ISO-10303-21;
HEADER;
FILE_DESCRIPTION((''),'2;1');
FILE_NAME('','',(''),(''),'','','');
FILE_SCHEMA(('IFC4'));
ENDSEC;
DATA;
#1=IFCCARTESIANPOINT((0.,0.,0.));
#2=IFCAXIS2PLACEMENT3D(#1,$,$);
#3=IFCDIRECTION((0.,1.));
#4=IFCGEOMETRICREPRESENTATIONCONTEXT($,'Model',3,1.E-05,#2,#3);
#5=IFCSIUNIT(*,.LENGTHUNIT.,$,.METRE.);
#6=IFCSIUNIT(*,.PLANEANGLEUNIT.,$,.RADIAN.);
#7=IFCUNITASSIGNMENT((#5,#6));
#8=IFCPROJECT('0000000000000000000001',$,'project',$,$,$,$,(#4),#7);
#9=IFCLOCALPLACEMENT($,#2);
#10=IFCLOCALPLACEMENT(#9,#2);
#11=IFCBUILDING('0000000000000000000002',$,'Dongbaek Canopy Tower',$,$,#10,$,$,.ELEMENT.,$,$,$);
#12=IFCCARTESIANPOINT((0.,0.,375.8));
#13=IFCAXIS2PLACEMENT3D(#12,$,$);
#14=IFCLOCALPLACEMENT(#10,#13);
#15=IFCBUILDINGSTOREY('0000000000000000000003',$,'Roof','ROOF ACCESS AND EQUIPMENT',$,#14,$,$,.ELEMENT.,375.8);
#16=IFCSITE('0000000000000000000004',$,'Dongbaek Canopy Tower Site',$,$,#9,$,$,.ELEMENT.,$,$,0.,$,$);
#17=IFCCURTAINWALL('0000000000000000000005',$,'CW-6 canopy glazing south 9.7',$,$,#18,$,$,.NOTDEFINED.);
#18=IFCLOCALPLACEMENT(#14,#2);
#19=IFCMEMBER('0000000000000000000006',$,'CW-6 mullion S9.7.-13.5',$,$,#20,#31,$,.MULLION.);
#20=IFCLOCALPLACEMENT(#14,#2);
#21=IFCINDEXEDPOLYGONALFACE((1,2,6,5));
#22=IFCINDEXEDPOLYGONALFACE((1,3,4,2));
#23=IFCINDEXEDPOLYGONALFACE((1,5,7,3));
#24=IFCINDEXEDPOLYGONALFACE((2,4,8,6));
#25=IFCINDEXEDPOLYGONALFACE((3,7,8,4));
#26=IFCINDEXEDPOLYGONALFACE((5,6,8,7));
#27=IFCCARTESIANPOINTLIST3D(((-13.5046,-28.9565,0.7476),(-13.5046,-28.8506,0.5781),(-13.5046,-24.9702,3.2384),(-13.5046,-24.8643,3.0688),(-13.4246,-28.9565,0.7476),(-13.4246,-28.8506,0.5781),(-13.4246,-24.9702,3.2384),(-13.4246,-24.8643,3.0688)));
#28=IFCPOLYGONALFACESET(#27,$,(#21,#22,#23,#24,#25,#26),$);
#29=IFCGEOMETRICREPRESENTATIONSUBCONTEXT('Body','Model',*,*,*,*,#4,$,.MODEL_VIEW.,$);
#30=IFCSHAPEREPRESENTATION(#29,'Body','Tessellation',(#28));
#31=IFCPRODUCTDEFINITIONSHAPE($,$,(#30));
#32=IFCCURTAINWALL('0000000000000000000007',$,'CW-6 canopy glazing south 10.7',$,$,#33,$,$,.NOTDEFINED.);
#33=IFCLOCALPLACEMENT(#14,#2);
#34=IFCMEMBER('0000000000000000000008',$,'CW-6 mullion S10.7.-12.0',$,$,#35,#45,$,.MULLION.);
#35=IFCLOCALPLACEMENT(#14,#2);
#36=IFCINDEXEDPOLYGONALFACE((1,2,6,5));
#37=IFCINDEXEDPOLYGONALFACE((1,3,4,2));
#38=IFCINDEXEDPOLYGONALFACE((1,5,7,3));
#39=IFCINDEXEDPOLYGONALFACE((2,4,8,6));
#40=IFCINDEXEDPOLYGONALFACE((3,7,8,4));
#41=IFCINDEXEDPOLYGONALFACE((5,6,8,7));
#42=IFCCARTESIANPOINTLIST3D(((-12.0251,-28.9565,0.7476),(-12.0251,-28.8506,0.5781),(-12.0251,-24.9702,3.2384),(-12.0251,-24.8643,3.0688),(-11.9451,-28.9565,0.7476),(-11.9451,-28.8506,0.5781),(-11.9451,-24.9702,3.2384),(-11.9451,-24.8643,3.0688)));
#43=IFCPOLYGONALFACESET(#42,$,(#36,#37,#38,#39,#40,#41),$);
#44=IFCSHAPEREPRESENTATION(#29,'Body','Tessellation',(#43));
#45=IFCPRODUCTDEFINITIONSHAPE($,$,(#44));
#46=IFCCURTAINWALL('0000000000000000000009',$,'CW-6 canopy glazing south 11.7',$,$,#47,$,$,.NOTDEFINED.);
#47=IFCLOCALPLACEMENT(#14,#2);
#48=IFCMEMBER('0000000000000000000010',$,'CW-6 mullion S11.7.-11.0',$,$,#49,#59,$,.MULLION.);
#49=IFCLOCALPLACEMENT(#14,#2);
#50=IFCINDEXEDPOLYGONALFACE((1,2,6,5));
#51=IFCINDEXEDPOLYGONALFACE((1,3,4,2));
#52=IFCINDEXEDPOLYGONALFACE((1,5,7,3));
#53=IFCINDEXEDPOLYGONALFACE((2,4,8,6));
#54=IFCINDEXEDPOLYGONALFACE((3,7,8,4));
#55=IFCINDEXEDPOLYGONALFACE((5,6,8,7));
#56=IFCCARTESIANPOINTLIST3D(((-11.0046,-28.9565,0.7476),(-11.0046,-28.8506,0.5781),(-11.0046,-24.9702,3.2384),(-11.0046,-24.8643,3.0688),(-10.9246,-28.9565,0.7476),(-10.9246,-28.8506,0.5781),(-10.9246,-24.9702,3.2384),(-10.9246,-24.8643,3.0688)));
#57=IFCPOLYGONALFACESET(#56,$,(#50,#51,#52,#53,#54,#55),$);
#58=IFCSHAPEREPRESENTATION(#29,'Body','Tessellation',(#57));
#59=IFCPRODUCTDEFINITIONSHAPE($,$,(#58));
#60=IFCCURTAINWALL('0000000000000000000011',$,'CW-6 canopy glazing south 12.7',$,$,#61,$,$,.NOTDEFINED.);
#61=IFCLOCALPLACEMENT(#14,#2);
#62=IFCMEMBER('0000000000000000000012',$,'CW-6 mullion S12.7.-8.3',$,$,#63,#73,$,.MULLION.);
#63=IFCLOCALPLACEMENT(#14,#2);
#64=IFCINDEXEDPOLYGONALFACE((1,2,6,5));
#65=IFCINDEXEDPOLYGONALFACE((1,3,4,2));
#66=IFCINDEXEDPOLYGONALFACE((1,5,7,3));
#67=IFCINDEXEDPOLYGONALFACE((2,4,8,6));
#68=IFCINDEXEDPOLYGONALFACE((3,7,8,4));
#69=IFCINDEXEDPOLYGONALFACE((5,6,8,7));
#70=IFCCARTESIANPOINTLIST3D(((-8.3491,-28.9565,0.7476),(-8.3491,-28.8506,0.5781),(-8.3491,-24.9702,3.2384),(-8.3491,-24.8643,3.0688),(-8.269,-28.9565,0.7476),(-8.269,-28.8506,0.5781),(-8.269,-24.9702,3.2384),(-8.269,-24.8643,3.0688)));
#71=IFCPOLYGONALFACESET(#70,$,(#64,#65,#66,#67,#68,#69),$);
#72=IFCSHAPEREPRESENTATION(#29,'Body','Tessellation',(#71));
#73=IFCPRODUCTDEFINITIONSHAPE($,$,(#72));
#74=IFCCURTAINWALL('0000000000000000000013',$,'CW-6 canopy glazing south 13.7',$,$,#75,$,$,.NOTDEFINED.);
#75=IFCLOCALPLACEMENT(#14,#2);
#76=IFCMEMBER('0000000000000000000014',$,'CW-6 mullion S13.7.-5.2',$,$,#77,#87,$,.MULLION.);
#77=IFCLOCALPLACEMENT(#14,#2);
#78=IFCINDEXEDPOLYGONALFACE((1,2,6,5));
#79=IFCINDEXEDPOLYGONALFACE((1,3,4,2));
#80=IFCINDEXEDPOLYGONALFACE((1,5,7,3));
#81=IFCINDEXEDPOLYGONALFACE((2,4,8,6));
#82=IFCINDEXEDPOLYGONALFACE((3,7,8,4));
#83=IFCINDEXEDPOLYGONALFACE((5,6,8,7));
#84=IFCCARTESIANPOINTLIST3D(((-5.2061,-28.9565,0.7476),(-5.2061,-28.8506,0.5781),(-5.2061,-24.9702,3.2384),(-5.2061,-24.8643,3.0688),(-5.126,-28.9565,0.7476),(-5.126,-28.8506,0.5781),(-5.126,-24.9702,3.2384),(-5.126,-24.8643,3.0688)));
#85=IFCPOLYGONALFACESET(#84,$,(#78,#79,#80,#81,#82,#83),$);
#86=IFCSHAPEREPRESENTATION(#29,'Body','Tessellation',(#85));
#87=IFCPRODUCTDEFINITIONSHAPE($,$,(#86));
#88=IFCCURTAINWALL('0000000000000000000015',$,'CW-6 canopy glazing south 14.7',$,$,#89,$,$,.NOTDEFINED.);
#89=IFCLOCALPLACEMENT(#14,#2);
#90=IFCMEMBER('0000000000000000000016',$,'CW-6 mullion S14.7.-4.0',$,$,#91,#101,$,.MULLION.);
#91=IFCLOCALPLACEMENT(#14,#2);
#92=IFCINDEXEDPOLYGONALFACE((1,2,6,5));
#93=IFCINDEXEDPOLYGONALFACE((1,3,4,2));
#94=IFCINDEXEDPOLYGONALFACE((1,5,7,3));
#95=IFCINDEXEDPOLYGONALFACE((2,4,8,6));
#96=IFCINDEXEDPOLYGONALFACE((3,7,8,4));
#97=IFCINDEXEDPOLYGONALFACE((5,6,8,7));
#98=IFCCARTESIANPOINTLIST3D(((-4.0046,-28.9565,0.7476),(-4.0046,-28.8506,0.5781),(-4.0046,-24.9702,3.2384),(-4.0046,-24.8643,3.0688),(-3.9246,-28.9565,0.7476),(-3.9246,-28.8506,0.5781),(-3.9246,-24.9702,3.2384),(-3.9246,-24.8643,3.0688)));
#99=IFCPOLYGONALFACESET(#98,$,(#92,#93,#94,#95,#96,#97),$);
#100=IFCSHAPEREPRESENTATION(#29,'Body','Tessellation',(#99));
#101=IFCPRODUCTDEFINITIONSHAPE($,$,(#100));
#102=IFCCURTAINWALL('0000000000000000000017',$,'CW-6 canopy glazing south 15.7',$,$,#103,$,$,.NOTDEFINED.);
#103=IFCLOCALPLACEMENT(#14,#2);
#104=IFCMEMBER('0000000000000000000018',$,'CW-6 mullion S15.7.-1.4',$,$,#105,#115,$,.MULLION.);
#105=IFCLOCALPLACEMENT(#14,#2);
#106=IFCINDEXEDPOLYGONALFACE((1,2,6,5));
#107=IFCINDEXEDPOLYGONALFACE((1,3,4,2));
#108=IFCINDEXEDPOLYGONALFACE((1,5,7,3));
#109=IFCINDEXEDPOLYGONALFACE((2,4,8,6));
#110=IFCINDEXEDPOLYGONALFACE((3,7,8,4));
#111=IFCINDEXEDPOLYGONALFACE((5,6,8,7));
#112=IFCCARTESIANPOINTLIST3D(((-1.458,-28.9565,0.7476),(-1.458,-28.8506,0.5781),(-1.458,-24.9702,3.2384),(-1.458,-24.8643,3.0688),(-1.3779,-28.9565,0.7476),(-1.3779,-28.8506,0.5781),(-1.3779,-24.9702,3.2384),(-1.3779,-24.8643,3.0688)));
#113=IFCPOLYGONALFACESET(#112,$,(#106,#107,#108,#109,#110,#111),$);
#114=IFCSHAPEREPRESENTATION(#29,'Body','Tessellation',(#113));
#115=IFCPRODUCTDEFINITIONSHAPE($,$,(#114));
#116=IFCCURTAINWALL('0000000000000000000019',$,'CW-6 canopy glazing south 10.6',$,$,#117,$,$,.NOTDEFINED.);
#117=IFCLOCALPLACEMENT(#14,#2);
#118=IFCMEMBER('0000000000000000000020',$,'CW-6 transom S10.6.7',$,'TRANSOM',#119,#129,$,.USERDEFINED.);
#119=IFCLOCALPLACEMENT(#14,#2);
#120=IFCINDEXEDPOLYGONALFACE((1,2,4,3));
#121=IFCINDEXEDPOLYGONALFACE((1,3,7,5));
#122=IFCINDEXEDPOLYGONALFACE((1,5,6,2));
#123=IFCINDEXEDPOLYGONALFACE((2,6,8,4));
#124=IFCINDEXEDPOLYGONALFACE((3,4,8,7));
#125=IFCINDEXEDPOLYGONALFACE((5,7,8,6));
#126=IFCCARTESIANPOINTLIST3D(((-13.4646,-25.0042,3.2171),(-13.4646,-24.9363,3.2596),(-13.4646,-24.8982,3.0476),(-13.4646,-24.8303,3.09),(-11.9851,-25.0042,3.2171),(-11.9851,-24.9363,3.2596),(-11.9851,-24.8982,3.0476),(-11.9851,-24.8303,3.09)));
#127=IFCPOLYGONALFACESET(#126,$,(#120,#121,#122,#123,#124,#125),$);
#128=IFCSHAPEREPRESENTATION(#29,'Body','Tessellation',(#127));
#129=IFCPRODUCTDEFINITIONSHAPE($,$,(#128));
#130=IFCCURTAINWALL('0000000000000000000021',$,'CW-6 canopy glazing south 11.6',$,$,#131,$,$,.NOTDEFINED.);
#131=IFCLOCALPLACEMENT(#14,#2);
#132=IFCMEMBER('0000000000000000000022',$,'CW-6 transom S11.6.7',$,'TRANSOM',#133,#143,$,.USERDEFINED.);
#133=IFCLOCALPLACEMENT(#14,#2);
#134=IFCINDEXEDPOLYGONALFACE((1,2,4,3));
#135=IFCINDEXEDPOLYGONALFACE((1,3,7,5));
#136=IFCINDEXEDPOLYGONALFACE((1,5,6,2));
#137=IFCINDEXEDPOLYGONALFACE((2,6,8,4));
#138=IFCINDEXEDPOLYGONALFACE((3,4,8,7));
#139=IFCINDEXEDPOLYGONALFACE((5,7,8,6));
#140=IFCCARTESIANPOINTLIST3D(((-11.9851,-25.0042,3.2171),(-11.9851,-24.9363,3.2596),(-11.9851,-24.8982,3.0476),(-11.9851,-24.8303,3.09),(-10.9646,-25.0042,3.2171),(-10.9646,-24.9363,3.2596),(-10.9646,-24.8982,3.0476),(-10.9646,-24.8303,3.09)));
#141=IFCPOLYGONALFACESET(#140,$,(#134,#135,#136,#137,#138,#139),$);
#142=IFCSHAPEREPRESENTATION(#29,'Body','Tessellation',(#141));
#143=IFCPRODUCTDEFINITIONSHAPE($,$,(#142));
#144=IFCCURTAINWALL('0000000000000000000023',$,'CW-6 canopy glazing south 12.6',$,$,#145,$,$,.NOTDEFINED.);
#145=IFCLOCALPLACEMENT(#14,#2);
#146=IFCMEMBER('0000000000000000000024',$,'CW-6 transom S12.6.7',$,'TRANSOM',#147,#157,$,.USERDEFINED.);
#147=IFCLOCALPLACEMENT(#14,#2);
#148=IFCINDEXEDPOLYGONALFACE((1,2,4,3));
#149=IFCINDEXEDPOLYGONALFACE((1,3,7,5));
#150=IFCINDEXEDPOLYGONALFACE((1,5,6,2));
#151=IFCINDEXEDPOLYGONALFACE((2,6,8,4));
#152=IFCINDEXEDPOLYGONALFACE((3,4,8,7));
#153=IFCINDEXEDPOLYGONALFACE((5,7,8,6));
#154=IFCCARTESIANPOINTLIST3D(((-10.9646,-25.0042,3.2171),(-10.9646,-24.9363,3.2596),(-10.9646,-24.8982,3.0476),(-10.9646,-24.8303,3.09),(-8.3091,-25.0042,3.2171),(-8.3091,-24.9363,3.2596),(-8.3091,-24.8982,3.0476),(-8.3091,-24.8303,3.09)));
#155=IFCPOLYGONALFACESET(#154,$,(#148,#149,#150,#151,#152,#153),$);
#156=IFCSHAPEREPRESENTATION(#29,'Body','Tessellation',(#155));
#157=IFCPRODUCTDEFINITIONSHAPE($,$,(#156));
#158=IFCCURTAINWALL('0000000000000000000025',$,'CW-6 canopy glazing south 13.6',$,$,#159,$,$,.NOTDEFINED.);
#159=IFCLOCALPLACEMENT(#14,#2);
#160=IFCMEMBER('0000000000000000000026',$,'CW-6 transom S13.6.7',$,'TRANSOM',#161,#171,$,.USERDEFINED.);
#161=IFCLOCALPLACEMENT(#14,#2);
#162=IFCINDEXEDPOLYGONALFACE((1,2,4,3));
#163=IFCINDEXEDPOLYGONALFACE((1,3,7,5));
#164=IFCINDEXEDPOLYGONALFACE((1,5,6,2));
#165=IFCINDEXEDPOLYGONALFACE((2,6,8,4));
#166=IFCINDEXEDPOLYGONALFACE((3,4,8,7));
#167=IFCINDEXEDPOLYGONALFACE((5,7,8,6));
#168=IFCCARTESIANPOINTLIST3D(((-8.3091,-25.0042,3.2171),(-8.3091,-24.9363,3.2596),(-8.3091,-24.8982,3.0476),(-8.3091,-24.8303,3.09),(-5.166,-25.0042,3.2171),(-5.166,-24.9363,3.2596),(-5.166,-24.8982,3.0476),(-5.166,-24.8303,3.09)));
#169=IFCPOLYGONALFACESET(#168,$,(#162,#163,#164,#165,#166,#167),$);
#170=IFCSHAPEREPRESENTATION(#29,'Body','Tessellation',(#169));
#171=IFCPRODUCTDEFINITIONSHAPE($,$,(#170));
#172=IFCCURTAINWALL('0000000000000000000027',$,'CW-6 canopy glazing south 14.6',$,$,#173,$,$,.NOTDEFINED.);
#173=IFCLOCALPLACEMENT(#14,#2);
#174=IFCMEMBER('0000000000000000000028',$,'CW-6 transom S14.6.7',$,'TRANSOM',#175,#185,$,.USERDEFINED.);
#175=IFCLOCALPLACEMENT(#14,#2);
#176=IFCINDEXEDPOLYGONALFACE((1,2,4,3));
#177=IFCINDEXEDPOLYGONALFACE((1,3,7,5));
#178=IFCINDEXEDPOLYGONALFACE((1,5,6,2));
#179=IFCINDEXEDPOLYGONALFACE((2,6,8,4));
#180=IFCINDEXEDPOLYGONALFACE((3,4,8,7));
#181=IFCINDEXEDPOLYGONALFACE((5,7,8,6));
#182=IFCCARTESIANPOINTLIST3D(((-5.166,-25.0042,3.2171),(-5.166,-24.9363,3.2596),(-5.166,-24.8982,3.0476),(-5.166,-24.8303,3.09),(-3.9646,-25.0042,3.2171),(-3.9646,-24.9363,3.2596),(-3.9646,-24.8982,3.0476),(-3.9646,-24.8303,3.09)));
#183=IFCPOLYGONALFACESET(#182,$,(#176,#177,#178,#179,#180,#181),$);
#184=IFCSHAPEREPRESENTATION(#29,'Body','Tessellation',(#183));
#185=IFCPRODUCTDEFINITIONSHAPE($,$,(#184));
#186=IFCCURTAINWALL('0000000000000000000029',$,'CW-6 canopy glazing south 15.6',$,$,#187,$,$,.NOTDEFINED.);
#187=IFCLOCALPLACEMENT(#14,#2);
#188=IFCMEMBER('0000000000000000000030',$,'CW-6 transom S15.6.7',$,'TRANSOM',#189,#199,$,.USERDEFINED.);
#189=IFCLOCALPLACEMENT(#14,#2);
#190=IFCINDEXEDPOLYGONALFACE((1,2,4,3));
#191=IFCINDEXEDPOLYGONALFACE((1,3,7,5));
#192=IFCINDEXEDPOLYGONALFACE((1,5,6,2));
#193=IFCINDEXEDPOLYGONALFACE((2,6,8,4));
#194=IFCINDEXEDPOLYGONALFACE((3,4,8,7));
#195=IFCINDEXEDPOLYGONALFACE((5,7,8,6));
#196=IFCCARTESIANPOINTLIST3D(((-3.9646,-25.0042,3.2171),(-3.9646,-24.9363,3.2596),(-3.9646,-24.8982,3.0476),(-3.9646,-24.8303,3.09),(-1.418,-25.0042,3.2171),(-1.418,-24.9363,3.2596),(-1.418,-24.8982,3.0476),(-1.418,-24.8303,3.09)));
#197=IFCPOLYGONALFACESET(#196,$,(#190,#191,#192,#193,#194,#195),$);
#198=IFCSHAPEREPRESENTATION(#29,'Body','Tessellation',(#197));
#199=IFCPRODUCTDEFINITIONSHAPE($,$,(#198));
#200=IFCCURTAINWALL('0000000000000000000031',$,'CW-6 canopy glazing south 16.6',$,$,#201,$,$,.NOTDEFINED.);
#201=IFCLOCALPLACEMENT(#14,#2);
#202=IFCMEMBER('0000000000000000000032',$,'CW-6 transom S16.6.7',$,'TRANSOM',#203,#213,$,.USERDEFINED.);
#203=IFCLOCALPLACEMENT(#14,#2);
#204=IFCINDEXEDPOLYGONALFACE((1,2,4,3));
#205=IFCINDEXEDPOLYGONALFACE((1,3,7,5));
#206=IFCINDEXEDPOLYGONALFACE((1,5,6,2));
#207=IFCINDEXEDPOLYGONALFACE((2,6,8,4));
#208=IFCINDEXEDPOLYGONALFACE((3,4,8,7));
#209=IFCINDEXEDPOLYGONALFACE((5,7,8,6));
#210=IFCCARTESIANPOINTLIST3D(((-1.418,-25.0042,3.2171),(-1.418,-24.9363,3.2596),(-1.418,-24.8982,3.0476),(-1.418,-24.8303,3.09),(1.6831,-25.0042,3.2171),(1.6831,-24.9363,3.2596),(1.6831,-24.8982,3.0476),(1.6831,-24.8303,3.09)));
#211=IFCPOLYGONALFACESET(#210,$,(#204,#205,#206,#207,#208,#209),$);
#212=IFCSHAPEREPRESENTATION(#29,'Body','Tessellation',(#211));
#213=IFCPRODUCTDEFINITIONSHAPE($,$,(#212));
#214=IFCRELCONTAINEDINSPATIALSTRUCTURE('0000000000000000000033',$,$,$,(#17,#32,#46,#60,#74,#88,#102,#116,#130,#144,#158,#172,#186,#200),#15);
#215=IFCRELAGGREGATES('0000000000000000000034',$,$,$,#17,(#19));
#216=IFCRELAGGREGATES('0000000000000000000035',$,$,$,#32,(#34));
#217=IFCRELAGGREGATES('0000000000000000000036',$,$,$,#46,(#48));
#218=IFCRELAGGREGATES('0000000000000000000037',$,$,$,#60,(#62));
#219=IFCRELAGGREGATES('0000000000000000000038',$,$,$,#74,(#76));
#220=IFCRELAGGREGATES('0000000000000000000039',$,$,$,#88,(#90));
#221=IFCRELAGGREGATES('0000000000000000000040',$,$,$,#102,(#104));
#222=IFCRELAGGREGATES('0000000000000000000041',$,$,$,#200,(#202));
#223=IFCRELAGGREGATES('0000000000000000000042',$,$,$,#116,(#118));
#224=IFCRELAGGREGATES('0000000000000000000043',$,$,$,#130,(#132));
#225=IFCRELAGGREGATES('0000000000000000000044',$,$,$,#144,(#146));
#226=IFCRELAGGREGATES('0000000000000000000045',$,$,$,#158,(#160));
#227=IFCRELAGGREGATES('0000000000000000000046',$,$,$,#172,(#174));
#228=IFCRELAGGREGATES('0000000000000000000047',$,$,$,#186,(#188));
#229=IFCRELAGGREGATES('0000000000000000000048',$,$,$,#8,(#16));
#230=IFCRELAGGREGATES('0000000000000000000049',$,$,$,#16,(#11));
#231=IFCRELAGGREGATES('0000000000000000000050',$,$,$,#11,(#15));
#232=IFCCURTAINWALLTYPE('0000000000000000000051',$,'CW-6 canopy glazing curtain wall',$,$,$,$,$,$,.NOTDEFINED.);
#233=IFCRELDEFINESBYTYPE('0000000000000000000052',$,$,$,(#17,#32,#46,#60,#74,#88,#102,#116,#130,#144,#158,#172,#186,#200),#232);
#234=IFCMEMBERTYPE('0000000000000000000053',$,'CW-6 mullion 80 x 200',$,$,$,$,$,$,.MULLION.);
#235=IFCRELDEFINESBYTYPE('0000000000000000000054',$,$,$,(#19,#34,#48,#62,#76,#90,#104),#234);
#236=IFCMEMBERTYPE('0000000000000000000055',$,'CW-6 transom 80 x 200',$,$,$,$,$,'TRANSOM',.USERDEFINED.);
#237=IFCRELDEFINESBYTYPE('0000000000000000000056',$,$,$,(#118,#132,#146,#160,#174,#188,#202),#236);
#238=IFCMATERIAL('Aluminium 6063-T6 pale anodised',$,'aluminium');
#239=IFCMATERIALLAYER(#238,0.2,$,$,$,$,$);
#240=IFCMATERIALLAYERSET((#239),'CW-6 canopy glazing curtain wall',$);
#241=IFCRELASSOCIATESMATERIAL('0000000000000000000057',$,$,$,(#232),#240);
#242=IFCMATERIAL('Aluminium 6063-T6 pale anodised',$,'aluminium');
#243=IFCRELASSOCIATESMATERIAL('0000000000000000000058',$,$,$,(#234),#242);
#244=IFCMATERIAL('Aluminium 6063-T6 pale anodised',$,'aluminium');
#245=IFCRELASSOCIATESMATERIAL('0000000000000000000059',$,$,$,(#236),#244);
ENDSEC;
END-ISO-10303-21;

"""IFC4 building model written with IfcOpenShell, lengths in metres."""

from ifc_helpers import new_model, si_unit, direction, frame, origin, origin_2d, place, context, subcontext, project, spatial, rectangle, extrude, material, layer, layer_set, material_profile, profile_set, type_object, element, aggregate, save


model = new_model("IFC4")

# Units and contexts
model_context = context("Model", 3, precision=1e-05, world=origin(), true_north=direction((0.0, 1.0)))
body_context = subcontext(model_context, "Body", "Model", "MODEL_VIEW")
ifc_project = project(units=[si_unit("LENGTHUNIT", "METRE"), si_unit("PLANEANGLEUNIT", "RADIAN")], contexts=[model_context])

# Site, building, storey
site_placement = place(None, origin())
site = spatial("IfcSite", under=ifc_project, at=site_placement, Name="Dongbaek Canopy Tower Site", CompositionType="ELEMENT", RefElevation=0.0)
building_placement = place(site_placement, origin())
building = spatial("IfcBuilding", under=site, at=building_placement, Name="Dongbaek Canopy Tower", CompositionType="ELEMENT")
storey_placement = place(building_placement, frame((0.0, 0.0, 375.8)))
storey = spatial("IfcBuildingStorey", under=building, at=storey_placement, Name="Roof", Description="ROOF ACCESS AND EQUIPMENT", CompositionType="ELEMENT", Elevation=375.8)

# Curtain walls, members
ifc_material_1 = material(Name="Aluminium 6063-T6 pale anodised", Category="aluminium")
ifc_layer_1 = layer(ifc_material_1, 0.2)
ifc_layer_set_1 = layer_set([ifc_layer_1], Name="CW-6 canopy glazing curtain wall")
curtain_wall_type = type_object("IfcCurtainWallType", Name="CW-6 canopy glazing curtain wall", PredefinedType="NOTDEFINED", material=ifc_layer_set_1)
curtain_wall_1_placement = place(storey_placement, origin())
curtain_wall_1 = element("IfcCurtainWall", 1, at=curtain_wall_1_placement, inside=storey, type_object=curtain_wall_type, Name="CW-6 canopy glazing south 9.7", PredefinedType="NOTDEFINED")
ifc_material_2 = material(Name="Aluminium 6063-T6 pale anodised", Category="aluminium")
ifc_material_profile_1 = material_profile(ifc_material_2, rectangle(XDim=0.0801, YDim=0.2, at=origin_2d()), Name="CW-6 mullion 80 x 200")
ifc_profile_set_1 = profile_set([ifc_material_profile_1], Name="Aluminium 6063-T6 pale anodised")
member_type_1 = type_object("IfcMemberType", Name="CW-6 mullion 80 x 200", PredefinedType="MULLION", material=ifc_profile_set_1)
member_1_placement = place(storey_placement, frame((-13.4646, -24.9172, 3.1536), z_axis=(0.0, -0.848068, -0.529887), x_axis=(1.0, 0.0, 0.0)))
member_1 = element("IfcMember", 2, at=member_1_placement, type_object=member_type_1, Name="CW-6 mullion S9.7.-13.5", PredefinedType="MULLION", context=body_context, shape_type="SweptSolid", body=[
    extrude(rectangle(XDim=0.0801, YDim=0.2, at=origin_2d()), origin(), (0.0, 0.0, 1.0), 4.7004),
])
aggregate(curtain_wall_1, [member_1])
curtain_wall_2_placement = place(storey_placement, origin())
curtain_wall_2 = element("IfcCurtainWall", 3, at=curtain_wall_2_placement, inside=storey, type_object=curtain_wall_type, Name="CW-6 canopy glazing south 10.7", PredefinedType="NOTDEFINED")
member_2_placement = place(storey_placement, frame((-11.9851, -24.9172, 3.1536), z_axis=(0.0, -0.848068, -0.529887), x_axis=(1.0, 0.0, 0.0)))
member_2 = element("IfcMember", 4, at=member_2_placement, type_object=member_type_1, Name="CW-6 mullion S10.7.-12.0", PredefinedType="MULLION", context=body_context, shape_type="SweptSolid", body=[
    extrude(rectangle(XDim=0.0801, YDim=0.2, at=origin_2d()), origin(), (0.0, 0.0, 1.0), 4.7004),
])
aggregate(curtain_wall_2, [member_2])
curtain_wall_3_placement = place(storey_placement, origin())
curtain_wall_3 = element("IfcCurtainWall", 5, at=curtain_wall_3_placement, inside=storey, type_object=curtain_wall_type, Name="CW-6 canopy glazing south 11.7", PredefinedType="NOTDEFINED")
member_3_placement = place(storey_placement, frame((-10.9646, -24.9172, 3.1536), z_axis=(0.0, -0.848068, -0.529887), x_axis=(1.0, 0.0, 0.0)))
member_3 = element("IfcMember", 6, at=member_3_placement, type_object=member_type_1, Name="CW-6 mullion S11.7.-11.0", PredefinedType="MULLION", context=body_context, shape_type="SweptSolid", body=[
    extrude(rectangle(XDim=0.0801, YDim=0.2, at=origin_2d()), origin(), (0.0, 0.0, 1.0), 4.7004),
])
aggregate(curtain_wall_3, [member_3])
curtain_wall_4_placement = place(storey_placement, origin())
curtain_wall_4 = element("IfcCurtainWall", 7, at=curtain_wall_4_placement, inside=storey, type_object=curtain_wall_type, Name="CW-6 canopy glazing south 12.7", PredefinedType="NOTDEFINED")
member_4_placement = place(storey_placement, frame((-8.3091, -24.9172, 3.1536), z_axis=(0.0, -0.848068, -0.529887), x_axis=(1.0, 0.0, 0.0)))
member_4 = element("IfcMember", 8, at=member_4_placement, type_object=member_type_1, Name="CW-6 mullion S12.7.-8.3", PredefinedType="MULLION", context=body_context, shape_type="SweptSolid", body=[
    extrude(rectangle(XDim=0.0801, YDim=0.2, at=origin_2d()), origin(), (0.0, 0.0, 1.0), 4.7004),
])
aggregate(curtain_wall_4, [member_4])
curtain_wall_5_placement = place(storey_placement, origin())
curtain_wall_5 = element("IfcCurtainWall", 9, at=curtain_wall_5_placement, inside=storey, type_object=curtain_wall_type, Name="CW-6 canopy glazing south 13.7", PredefinedType="NOTDEFINED")
member_5_placement = place(storey_placement, frame((-5.166, -24.9172, 3.1536), z_axis=(0.0, -0.848068, -0.529887), x_axis=(1.0, 0.0, 0.0)))
member_5 = element("IfcMember", 10, at=member_5_placement, type_object=member_type_1, Name="CW-6 mullion S13.7.-5.2", PredefinedType="MULLION", context=body_context, shape_type="SweptSolid", body=[
    extrude(rectangle(XDim=0.0801, YDim=0.2, at=origin_2d()), origin(), (0.0, 0.0, 1.0), 4.7004),
])
aggregate(curtain_wall_5, [member_5])
curtain_wall_6_placement = place(storey_placement, origin())
curtain_wall_6 = element("IfcCurtainWall", 11, at=curtain_wall_6_placement, inside=storey, type_object=curtain_wall_type, Name="CW-6 canopy glazing south 14.7", PredefinedType="NOTDEFINED")
member_6_placement = place(storey_placement, frame((-3.9646, -24.9172, 3.1536), z_axis=(0.0, -0.848068, -0.529887), x_axis=(1.0, 0.0, 0.0)))
member_6 = element("IfcMember", 12, at=member_6_placement, type_object=member_type_1, Name="CW-6 mullion S14.7.-4.0", PredefinedType="MULLION", context=body_context, shape_type="SweptSolid", body=[
    extrude(rectangle(XDim=0.0801, YDim=0.2, at=origin_2d()), origin(), (0.0, 0.0, 1.0), 4.7004),
])
aggregate(curtain_wall_6, [member_6])
curtain_wall_7_placement = place(storey_placement, origin())
curtain_wall_7 = element("IfcCurtainWall", 13, at=curtain_wall_7_placement, inside=storey, type_object=curtain_wall_type, Name="CW-6 canopy glazing south 15.7", PredefinedType="NOTDEFINED")
member_7_placement = place(storey_placement, frame((-1.418, -24.9172, 3.1536), z_axis=(0.0, -0.848068, -0.529887), x_axis=(1.0, 0.0, 0.0)))
member_7 = element("IfcMember", 14, at=member_7_placement, type_object=member_type_1, Name="CW-6 mullion S15.7.-1.4", PredefinedType="MULLION", context=body_context, shape_type="SweptSolid", body=[
    extrude(rectangle(XDim=0.0801, YDim=0.2, at=origin_2d()), origin(), (0.0, 0.0, 1.0), 4.7004),
])
aggregate(curtain_wall_7, [member_7])
curtain_wall_8_placement = place(storey_placement, origin())
curtain_wall_8 = element("IfcCurtainWall", 15, at=curtain_wall_8_placement, inside=storey, type_object=curtain_wall_type, Name="CW-6 canopy glazing south 10.6", PredefinedType="NOTDEFINED")
ifc_material_3 = material(Name="Aluminium 6063-T6 pale anodised", Category="aluminium")
ifc_material_profile_2 = material_profile(ifc_material_3, rectangle(XDim=0.0801, YDim=0.2, at=origin_2d()), Name="CW-6 transom 80 x 200")
ifc_profile_set_2 = profile_set([ifc_material_profile_2], Name="Aluminium 6063-T6 pale anodised")
member_type_2 = type_object("IfcMemberType", Name="CW-6 transom 80 x 200", ElementType="TRANSOM", PredefinedType="USERDEFINED", material=ifc_profile_set_2)
member_8_placement = place(storey_placement, frame((-13.4646, -24.9172, 3.1536), z_axis=(1.0, 0.0, 0.0), x_axis=(0.0, 0.848048, 0.529919)))
member_8 = element("IfcMember", 16, at=member_8_placement, type_object=member_type_2, Name="CW-6 transom S10.6.7", ObjectType="TRANSOM", PredefinedType="USERDEFINED", context=body_context, shape_type="SweptSolid", body=[
    extrude(rectangle(XDim=0.0801, YDim=0.2, at=origin_2d()), origin(), (0.0, 0.0, 1.0), 1.4795),
])
curtain_wall_9_placement = place(storey_placement, origin())
curtain_wall_9 = element("IfcCurtainWall", 17, at=curtain_wall_9_placement, inside=storey, type_object=curtain_wall_type, Name="CW-6 canopy glazing south 11.6", PredefinedType="NOTDEFINED")
member_9_placement = place(storey_placement, frame((-11.9851, -24.9172, 3.1536), z_axis=(1.0, 0.0, 0.0), x_axis=(0.0, 0.848048, 0.529919)))
member_9 = element("IfcMember", 18, at=member_9_placement, type_object=member_type_2, Name="CW-6 transom S11.6.7", ObjectType="TRANSOM", PredefinedType="USERDEFINED", context=body_context, shape_type="SweptSolid", body=[
    extrude(rectangle(XDim=0.0801, YDim=0.2, at=origin_2d()), origin(), (0.0, 0.0, 1.0), 1.0205),
])
curtain_wall_10_placement = place(storey_placement, origin())
curtain_wall_10 = element("IfcCurtainWall", 19, at=curtain_wall_10_placement, inside=storey, type_object=curtain_wall_type, Name="CW-6 canopy glazing south 12.6", PredefinedType="NOTDEFINED")
member_10_placement = place(storey_placement, frame((-10.9646, -24.9172, 3.1536), z_axis=(1.0, 0.0, 0.0), x_axis=(0.0, 0.848048, 0.529919)))
member_10 = element("IfcMember", 20, at=member_10_placement, type_object=member_type_2, Name="CW-6 transom S12.6.7", ObjectType="TRANSOM", PredefinedType="USERDEFINED", context=body_context, shape_type="SweptSolid", body=[
    extrude(rectangle(XDim=0.0801, YDim=0.2, at=origin_2d()), origin(), (0.0, 0.0, 1.0), 2.6555),
])
curtain_wall_11_placement = place(storey_placement, origin())
curtain_wall_11 = element("IfcCurtainWall", 21, at=curtain_wall_11_placement, inside=storey, type_object=curtain_wall_type, Name="CW-6 canopy glazing south 13.6", PredefinedType="NOTDEFINED")
member_11_placement = place(storey_placement, frame((-8.3091, -24.9172, 3.1536), z_axis=(1.0, 0.0, 0.0), x_axis=(0.0, 0.848048, 0.529919)))
member_11 = element("IfcMember", 22, at=member_11_placement, type_object=member_type_2, Name="CW-6 transom S13.6.7", ObjectType="TRANSOM", PredefinedType="USERDEFINED", context=body_context, shape_type="SweptSolid", body=[
    extrude(rectangle(XDim=0.0801, YDim=0.2, at=origin_2d()), origin(), (0.0, 0.0, 1.0), 3.1431),
])
curtain_wall_12_placement = place(storey_placement, origin())
curtain_wall_12 = element("IfcCurtainWall", 23, at=curtain_wall_12_placement, inside=storey, type_object=curtain_wall_type, Name="CW-6 canopy glazing south 14.6", PredefinedType="NOTDEFINED")
member_12_placement = place(storey_placement, frame((-5.166, -24.9172, 3.1536), z_axis=(1.0, 0.0, 0.0), x_axis=(0.0, 0.848048, 0.529919)))
member_12 = element("IfcMember", 24, at=member_12_placement, type_object=member_type_2, Name="CW-6 transom S14.6.7", ObjectType="TRANSOM", PredefinedType="USERDEFINED", context=body_context, shape_type="SweptSolid", body=[
    extrude(rectangle(XDim=0.0801, YDim=0.2, at=origin_2d()), origin(), (0.0, 0.0, 1.0), 1.2014),
])
curtain_wall_13_placement = place(storey_placement, origin())
curtain_wall_13 = element("IfcCurtainWall", 25, at=curtain_wall_13_placement, inside=storey, type_object=curtain_wall_type, Name="CW-6 canopy glazing south 15.6", PredefinedType="NOTDEFINED")
member_13_placement = place(storey_placement, frame((-3.9646, -24.9172, 3.1536), z_axis=(1.0, 0.0, 0.0), x_axis=(0.0, 0.848048, 0.529919)))
member_13 = element("IfcMember", 26, at=member_13_placement, type_object=member_type_2, Name="CW-6 transom S15.6.7", ObjectType="TRANSOM", PredefinedType="USERDEFINED", context=body_context, shape_type="SweptSolid", body=[
    extrude(rectangle(XDim=0.0801, YDim=0.2, at=origin_2d()), origin(), (0.0, 0.0, 1.0), 2.5466),
])
curtain_wall_14_placement = place(storey_placement, origin())
curtain_wall_14 = element("IfcCurtainWall", 27, at=curtain_wall_14_placement, inside=storey, type_object=curtain_wall_type, Name="CW-6 canopy glazing south 16.6", PredefinedType="NOTDEFINED")
member_14_placement = place(storey_placement, frame((-1.418, -24.9172, 3.1536), z_axis=(1.0, 0.0, 0.0), x_axis=(0.0, 0.848048, 0.529919)))
member_14 = element("IfcMember", 28, at=member_14_placement, type_object=member_type_2, Name="CW-6 transom S16.6.7", ObjectType="TRANSOM", PredefinedType="USERDEFINED", context=body_context, shape_type="SweptSolid", body=[
    extrude(rectangle(XDim=0.0801, YDim=0.2, at=origin_2d()), origin(), (0.0, 0.0, 1.0), 3.1011),
])
aggregate(curtain_wall_14, [member_14])

aggregate(curtain_wall_8, [member_8])
aggregate(curtain_wall_9, [member_9])
aggregate(curtain_wall_10, [member_10])
aggregate(curtain_wall_11, [member_11])
aggregate(curtain_wall_12, [member_12])
aggregate(curtain_wall_13, [member_13])

save(model, "model.ifc")
